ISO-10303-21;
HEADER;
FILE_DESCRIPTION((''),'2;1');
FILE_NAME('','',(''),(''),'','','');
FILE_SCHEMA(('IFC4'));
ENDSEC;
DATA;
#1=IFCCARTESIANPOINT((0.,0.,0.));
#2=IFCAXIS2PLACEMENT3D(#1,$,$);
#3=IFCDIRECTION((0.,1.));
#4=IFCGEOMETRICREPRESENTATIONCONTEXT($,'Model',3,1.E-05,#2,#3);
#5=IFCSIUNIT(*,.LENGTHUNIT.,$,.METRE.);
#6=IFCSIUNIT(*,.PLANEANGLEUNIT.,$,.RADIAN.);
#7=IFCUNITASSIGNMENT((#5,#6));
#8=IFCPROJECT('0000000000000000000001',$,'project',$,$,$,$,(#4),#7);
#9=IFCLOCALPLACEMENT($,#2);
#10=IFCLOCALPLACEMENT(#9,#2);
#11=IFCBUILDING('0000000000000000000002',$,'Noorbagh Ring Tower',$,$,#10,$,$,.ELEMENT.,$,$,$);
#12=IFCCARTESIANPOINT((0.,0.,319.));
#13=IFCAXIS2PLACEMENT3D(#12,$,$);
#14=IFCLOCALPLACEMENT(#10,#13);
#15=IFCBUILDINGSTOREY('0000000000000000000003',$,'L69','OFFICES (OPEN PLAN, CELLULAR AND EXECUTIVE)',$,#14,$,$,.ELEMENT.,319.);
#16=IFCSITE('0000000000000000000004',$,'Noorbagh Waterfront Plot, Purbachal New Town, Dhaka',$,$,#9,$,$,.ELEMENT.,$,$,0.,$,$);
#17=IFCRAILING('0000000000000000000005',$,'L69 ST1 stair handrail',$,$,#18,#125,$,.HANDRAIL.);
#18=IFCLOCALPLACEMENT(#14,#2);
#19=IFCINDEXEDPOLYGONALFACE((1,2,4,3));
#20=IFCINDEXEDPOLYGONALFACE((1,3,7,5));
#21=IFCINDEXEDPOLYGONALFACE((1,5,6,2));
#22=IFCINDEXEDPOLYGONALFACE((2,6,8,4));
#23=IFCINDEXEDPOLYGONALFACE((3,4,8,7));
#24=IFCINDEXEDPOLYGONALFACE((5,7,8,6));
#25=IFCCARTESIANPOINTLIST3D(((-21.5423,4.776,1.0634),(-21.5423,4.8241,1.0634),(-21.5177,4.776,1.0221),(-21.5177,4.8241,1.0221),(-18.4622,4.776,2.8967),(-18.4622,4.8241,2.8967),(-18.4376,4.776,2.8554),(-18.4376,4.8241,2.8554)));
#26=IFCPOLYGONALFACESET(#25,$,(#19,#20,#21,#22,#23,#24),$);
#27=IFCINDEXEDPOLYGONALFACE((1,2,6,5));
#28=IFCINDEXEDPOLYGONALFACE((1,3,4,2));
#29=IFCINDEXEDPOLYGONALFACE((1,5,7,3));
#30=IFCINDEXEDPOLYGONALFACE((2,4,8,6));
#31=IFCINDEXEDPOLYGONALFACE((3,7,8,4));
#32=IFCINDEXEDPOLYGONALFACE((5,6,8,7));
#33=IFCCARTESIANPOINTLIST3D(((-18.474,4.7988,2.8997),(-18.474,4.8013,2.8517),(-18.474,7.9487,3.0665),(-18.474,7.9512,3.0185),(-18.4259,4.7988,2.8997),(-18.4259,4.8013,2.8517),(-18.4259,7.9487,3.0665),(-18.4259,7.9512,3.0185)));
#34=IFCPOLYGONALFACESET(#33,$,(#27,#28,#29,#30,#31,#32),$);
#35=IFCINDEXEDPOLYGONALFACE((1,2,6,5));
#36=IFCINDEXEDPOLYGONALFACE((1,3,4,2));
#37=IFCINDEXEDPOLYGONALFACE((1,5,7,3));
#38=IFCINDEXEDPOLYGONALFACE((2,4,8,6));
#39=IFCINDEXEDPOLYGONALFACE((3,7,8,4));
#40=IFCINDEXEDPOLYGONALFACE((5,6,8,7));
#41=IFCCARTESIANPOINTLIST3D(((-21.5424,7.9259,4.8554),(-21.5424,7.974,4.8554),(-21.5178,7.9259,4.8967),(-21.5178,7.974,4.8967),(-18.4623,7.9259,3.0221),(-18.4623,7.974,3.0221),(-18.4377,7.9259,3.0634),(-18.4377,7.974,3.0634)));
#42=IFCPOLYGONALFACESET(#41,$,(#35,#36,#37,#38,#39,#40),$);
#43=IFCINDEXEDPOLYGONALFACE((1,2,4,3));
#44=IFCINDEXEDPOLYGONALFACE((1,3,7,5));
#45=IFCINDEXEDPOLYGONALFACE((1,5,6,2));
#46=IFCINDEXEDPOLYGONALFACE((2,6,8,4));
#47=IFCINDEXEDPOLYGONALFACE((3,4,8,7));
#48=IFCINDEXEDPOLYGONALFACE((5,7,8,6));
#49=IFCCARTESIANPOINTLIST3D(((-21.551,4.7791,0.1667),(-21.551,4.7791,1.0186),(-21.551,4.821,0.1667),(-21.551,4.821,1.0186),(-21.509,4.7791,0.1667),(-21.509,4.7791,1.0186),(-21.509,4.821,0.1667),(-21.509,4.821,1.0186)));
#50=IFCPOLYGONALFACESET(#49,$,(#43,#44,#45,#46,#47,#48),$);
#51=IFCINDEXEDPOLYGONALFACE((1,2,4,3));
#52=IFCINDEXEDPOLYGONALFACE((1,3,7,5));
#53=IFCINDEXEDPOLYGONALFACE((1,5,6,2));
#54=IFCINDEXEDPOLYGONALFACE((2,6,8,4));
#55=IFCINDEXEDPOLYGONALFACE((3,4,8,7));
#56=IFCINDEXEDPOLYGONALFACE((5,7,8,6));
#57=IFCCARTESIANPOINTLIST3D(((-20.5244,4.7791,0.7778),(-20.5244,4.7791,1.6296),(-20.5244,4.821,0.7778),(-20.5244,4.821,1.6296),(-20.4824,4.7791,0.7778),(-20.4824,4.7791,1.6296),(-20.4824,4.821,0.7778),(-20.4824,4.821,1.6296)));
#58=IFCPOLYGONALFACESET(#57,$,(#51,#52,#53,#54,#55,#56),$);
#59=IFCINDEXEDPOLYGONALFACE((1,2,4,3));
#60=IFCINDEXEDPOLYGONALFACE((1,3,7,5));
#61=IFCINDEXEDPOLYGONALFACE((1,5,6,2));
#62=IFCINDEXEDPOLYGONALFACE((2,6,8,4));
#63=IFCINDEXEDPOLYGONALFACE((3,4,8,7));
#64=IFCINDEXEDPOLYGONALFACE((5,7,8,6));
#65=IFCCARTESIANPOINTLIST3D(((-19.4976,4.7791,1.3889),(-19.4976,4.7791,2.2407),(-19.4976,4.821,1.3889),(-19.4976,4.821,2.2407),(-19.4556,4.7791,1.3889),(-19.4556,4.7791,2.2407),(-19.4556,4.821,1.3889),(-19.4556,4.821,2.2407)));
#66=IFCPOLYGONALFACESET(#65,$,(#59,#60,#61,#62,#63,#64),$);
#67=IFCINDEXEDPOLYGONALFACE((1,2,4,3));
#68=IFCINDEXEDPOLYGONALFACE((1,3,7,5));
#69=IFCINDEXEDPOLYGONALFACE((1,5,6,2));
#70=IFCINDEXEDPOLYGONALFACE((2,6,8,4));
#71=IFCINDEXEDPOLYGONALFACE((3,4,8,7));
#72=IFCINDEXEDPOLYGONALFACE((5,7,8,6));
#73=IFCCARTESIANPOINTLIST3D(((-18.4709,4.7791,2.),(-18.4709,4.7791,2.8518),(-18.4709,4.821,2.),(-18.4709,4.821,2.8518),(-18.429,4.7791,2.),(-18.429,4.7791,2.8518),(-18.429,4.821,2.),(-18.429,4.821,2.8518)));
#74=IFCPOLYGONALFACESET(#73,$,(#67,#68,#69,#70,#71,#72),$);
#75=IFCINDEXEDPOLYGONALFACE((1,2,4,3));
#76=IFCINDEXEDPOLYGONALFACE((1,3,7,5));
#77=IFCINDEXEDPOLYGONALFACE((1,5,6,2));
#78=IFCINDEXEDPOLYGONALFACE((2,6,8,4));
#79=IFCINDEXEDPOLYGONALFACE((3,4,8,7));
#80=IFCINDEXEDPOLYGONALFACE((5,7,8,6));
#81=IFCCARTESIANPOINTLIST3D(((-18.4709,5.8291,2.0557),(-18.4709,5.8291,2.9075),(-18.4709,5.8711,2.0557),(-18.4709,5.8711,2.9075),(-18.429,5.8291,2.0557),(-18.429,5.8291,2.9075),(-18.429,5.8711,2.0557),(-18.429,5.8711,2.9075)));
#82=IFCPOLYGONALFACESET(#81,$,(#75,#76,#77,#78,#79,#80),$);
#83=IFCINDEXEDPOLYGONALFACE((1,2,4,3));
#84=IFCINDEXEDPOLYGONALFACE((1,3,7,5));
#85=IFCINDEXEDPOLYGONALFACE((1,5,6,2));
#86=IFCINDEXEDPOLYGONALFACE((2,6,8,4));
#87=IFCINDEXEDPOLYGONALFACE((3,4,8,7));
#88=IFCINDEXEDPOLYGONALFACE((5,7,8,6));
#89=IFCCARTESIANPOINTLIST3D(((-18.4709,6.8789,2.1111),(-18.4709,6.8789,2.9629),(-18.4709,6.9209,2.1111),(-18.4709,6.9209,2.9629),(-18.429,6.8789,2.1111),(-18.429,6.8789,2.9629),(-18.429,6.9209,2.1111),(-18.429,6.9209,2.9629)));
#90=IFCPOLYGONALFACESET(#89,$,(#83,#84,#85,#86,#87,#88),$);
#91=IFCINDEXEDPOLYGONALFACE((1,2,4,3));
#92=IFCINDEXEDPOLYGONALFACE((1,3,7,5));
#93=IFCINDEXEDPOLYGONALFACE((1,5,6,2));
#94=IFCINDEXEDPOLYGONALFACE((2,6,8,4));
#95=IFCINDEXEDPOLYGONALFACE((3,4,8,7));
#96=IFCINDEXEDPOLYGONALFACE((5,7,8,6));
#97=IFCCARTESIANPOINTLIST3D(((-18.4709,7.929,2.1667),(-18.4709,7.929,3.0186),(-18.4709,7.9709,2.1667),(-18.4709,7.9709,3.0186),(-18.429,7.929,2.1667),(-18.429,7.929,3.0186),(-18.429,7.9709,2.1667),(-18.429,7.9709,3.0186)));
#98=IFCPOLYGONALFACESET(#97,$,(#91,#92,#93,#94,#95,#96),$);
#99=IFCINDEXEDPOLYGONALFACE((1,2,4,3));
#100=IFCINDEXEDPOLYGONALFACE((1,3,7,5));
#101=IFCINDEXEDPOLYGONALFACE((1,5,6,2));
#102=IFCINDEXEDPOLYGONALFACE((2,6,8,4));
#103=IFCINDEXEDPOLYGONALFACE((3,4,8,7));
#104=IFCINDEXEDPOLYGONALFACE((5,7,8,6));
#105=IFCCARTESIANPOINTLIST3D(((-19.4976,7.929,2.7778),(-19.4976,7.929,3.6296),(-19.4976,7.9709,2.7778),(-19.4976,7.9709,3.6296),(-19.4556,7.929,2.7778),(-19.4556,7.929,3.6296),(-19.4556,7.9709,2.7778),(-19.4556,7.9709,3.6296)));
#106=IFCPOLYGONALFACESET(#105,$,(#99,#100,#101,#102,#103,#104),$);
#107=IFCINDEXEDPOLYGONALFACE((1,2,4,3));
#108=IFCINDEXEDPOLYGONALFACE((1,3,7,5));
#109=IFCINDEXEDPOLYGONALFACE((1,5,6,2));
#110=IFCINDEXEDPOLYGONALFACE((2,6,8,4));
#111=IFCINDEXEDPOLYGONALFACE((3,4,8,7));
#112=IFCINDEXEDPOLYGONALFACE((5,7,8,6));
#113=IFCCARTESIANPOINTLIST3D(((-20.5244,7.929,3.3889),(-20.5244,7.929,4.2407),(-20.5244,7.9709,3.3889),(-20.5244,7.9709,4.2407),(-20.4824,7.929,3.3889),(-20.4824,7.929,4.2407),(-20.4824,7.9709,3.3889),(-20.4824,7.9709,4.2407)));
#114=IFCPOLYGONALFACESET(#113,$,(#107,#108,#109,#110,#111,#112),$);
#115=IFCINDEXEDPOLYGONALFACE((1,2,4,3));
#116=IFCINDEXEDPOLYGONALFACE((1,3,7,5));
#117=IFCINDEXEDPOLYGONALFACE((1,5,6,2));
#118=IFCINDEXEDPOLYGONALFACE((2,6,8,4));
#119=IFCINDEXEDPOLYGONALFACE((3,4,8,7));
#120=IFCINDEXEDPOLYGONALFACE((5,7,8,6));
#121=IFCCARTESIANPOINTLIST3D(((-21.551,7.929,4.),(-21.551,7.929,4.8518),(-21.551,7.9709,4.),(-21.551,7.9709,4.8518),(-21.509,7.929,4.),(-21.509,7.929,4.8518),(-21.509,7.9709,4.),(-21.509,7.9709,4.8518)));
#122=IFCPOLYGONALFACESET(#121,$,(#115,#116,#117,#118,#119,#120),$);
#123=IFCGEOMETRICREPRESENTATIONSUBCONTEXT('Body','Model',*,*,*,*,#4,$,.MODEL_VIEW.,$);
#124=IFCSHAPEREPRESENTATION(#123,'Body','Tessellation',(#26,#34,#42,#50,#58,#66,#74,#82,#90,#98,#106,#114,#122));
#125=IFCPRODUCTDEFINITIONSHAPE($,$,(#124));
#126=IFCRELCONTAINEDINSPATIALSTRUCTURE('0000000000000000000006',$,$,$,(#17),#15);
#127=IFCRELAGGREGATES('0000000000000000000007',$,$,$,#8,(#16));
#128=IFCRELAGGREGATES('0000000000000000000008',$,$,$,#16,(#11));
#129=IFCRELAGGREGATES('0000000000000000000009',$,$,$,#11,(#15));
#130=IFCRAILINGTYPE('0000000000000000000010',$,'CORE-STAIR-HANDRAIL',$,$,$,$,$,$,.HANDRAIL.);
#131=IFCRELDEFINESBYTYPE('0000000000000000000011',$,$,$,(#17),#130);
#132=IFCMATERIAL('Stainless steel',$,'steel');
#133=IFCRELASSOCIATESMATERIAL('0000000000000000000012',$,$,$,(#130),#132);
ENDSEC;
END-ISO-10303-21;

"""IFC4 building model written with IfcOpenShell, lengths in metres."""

from ifc_helpers import new_model, si_unit, direction, frame, origin, origin_2d, place, context, subcontext, project, spatial, rectangle, extrude, material, type_object, element, save


model = new_model("IFC4")

# Units and contexts
model_context = context("Model", 3, precision=1e-05, world=origin(), true_north=direction((0.0, 1.0)))
body_context = subcontext(model_context, "Body", "Model", "MODEL_VIEW")
ifc_project = project(units=[si_unit("LENGTHUNIT", "METRE"), si_unit("PLANEANGLEUNIT", "RADIAN")], contexts=[model_context])

# Site, building, storey
site_placement = place(None, origin())
site = spatial("IfcSite", under=ifc_project, at=site_placement, Name="Noorbagh Waterfront Plot, Purbachal New Town, Dhaka", CompositionType="ELEMENT", RefElevation=0.0)
building_placement = place(site_placement, origin())
building = spatial("IfcBuilding", under=site, at=building_placement, Name="Noorbagh Ring Tower", CompositionType="ELEMENT")
storey_placement = place(building_placement, frame((0.0, 0.0, 319.0)))
storey = spatial("IfcBuildingStorey", under=building, at=storey_placement, Name="L69", Description="OFFICES (OPEN PLAN, CELLULAR AND EXECUTIVE)", CompositionType="ELEMENT", Elevation=319.0)

# Railing
ifc_material_1 = material(Name="Stainless steel", Category="steel")
railing_type_1 = type_object("IfcRailingType", Name="CORE-STAIR-HANDRAIL", PredefinedType="HANDRAIL", material=ifc_material_1)
railing_1_placement = place(storey_placement, frame((-21.53, 4.8, 0.1667)))
element("IfcRailing", 1, at=railing_1_placement, inside=storey, type_object=railing_type_1, Name="L69 ST1 stair handrail", PredefinedType="HANDRAIL", context=body_context, shape_type="SweptSolid", body=[
    extrude(rectangle(XDim=0.0481, YDim=0.0481, at=origin_2d()), frame((0.0, 0.0, 0.876), z_axis=(0.859309, 0.0, 0.511458), x_axis=(0.0, 1.0, 0.0)), (0.0, 0.0, 1.0), 3.5845),
    extrude(rectangle(XDim=0.0481, YDim=0.0481, at=origin_2d()), frame((3.0801, 0.0, 2.709), z_axis=(0.0, 0.998602, 0.052864), x_axis=(-1.0, 0.0, 0.0)), (0.0, 0.0, 1.0), 3.1543),
    extrude(rectangle(XDim=0.0481, YDim=0.0481, at=origin_2d()), frame((3.0801, 3.1499, 2.876), z_axis=(-0.859309, 0.0, 0.511458), x_axis=(0.0, -1.0, 0.0)), (0.0, 0.0, 1.0), 3.5845),
    extrude(rectangle(XDim=0.042, YDim=0.042, at=origin_2d()), origin(), (0.0, 0.0, 1.0), 0.8518),
    extrude(rectangle(XDim=0.042, YDim=0.042, at=origin_2d()), frame((1.0266, 0.0, 0.6111)), (0.0, 0.0, 1.0), 0.8518),
    extrude(rectangle(XDim=0.042, YDim=0.042, at=origin_2d()), frame((2.0535, 0.0, 1.2222)), (0.0, 0.0, 1.0), 0.8518),
    extrude(rectangle(XDim=0.042, YDim=0.042, at=origin_2d()), frame((3.0801, 0.0, 1.8333)), (0.0, 0.0, 1.0), 0.8518),
    extrude(rectangle(XDim=0.042, YDim=0.042, at=origin_2d()), frame((3.0801, 1.05, 1.8889)), (0.0, 0.0, 1.0), 0.8518),
    extrude(rectangle(XDim=0.042, YDim=0.042, at=origin_2d()), frame((3.0801, 2.0999, 1.9443)), (0.0, 0.0, 1.0), 0.8518),
    extrude(rectangle(XDim=0.042, YDim=0.042, at=origin_2d()), frame((3.0801, 3.1499, 2.0)), (0.0, 0.0, 1.0), 0.8518),
    extrude(rectangle(XDim=0.042, YDim=0.042, at=origin_2d()), frame((2.0535, 3.1499, 2.6111)), (0.0, 0.0, 1.0), 0.8518),
    extrude(rectangle(XDim=0.042, YDim=0.042, at=origin_2d()), frame((1.0266, 3.1499, 3.2222)), (0.0, 0.0, 1.0), 0.8518),
    extrude(rectangle(XDim=0.042, YDim=0.042, at=origin_2d()), frame((0.0, 3.1499, 3.8333)), (0.0, 0.0, 1.0), 0.8518),
])

save(model, "model.ifc")
